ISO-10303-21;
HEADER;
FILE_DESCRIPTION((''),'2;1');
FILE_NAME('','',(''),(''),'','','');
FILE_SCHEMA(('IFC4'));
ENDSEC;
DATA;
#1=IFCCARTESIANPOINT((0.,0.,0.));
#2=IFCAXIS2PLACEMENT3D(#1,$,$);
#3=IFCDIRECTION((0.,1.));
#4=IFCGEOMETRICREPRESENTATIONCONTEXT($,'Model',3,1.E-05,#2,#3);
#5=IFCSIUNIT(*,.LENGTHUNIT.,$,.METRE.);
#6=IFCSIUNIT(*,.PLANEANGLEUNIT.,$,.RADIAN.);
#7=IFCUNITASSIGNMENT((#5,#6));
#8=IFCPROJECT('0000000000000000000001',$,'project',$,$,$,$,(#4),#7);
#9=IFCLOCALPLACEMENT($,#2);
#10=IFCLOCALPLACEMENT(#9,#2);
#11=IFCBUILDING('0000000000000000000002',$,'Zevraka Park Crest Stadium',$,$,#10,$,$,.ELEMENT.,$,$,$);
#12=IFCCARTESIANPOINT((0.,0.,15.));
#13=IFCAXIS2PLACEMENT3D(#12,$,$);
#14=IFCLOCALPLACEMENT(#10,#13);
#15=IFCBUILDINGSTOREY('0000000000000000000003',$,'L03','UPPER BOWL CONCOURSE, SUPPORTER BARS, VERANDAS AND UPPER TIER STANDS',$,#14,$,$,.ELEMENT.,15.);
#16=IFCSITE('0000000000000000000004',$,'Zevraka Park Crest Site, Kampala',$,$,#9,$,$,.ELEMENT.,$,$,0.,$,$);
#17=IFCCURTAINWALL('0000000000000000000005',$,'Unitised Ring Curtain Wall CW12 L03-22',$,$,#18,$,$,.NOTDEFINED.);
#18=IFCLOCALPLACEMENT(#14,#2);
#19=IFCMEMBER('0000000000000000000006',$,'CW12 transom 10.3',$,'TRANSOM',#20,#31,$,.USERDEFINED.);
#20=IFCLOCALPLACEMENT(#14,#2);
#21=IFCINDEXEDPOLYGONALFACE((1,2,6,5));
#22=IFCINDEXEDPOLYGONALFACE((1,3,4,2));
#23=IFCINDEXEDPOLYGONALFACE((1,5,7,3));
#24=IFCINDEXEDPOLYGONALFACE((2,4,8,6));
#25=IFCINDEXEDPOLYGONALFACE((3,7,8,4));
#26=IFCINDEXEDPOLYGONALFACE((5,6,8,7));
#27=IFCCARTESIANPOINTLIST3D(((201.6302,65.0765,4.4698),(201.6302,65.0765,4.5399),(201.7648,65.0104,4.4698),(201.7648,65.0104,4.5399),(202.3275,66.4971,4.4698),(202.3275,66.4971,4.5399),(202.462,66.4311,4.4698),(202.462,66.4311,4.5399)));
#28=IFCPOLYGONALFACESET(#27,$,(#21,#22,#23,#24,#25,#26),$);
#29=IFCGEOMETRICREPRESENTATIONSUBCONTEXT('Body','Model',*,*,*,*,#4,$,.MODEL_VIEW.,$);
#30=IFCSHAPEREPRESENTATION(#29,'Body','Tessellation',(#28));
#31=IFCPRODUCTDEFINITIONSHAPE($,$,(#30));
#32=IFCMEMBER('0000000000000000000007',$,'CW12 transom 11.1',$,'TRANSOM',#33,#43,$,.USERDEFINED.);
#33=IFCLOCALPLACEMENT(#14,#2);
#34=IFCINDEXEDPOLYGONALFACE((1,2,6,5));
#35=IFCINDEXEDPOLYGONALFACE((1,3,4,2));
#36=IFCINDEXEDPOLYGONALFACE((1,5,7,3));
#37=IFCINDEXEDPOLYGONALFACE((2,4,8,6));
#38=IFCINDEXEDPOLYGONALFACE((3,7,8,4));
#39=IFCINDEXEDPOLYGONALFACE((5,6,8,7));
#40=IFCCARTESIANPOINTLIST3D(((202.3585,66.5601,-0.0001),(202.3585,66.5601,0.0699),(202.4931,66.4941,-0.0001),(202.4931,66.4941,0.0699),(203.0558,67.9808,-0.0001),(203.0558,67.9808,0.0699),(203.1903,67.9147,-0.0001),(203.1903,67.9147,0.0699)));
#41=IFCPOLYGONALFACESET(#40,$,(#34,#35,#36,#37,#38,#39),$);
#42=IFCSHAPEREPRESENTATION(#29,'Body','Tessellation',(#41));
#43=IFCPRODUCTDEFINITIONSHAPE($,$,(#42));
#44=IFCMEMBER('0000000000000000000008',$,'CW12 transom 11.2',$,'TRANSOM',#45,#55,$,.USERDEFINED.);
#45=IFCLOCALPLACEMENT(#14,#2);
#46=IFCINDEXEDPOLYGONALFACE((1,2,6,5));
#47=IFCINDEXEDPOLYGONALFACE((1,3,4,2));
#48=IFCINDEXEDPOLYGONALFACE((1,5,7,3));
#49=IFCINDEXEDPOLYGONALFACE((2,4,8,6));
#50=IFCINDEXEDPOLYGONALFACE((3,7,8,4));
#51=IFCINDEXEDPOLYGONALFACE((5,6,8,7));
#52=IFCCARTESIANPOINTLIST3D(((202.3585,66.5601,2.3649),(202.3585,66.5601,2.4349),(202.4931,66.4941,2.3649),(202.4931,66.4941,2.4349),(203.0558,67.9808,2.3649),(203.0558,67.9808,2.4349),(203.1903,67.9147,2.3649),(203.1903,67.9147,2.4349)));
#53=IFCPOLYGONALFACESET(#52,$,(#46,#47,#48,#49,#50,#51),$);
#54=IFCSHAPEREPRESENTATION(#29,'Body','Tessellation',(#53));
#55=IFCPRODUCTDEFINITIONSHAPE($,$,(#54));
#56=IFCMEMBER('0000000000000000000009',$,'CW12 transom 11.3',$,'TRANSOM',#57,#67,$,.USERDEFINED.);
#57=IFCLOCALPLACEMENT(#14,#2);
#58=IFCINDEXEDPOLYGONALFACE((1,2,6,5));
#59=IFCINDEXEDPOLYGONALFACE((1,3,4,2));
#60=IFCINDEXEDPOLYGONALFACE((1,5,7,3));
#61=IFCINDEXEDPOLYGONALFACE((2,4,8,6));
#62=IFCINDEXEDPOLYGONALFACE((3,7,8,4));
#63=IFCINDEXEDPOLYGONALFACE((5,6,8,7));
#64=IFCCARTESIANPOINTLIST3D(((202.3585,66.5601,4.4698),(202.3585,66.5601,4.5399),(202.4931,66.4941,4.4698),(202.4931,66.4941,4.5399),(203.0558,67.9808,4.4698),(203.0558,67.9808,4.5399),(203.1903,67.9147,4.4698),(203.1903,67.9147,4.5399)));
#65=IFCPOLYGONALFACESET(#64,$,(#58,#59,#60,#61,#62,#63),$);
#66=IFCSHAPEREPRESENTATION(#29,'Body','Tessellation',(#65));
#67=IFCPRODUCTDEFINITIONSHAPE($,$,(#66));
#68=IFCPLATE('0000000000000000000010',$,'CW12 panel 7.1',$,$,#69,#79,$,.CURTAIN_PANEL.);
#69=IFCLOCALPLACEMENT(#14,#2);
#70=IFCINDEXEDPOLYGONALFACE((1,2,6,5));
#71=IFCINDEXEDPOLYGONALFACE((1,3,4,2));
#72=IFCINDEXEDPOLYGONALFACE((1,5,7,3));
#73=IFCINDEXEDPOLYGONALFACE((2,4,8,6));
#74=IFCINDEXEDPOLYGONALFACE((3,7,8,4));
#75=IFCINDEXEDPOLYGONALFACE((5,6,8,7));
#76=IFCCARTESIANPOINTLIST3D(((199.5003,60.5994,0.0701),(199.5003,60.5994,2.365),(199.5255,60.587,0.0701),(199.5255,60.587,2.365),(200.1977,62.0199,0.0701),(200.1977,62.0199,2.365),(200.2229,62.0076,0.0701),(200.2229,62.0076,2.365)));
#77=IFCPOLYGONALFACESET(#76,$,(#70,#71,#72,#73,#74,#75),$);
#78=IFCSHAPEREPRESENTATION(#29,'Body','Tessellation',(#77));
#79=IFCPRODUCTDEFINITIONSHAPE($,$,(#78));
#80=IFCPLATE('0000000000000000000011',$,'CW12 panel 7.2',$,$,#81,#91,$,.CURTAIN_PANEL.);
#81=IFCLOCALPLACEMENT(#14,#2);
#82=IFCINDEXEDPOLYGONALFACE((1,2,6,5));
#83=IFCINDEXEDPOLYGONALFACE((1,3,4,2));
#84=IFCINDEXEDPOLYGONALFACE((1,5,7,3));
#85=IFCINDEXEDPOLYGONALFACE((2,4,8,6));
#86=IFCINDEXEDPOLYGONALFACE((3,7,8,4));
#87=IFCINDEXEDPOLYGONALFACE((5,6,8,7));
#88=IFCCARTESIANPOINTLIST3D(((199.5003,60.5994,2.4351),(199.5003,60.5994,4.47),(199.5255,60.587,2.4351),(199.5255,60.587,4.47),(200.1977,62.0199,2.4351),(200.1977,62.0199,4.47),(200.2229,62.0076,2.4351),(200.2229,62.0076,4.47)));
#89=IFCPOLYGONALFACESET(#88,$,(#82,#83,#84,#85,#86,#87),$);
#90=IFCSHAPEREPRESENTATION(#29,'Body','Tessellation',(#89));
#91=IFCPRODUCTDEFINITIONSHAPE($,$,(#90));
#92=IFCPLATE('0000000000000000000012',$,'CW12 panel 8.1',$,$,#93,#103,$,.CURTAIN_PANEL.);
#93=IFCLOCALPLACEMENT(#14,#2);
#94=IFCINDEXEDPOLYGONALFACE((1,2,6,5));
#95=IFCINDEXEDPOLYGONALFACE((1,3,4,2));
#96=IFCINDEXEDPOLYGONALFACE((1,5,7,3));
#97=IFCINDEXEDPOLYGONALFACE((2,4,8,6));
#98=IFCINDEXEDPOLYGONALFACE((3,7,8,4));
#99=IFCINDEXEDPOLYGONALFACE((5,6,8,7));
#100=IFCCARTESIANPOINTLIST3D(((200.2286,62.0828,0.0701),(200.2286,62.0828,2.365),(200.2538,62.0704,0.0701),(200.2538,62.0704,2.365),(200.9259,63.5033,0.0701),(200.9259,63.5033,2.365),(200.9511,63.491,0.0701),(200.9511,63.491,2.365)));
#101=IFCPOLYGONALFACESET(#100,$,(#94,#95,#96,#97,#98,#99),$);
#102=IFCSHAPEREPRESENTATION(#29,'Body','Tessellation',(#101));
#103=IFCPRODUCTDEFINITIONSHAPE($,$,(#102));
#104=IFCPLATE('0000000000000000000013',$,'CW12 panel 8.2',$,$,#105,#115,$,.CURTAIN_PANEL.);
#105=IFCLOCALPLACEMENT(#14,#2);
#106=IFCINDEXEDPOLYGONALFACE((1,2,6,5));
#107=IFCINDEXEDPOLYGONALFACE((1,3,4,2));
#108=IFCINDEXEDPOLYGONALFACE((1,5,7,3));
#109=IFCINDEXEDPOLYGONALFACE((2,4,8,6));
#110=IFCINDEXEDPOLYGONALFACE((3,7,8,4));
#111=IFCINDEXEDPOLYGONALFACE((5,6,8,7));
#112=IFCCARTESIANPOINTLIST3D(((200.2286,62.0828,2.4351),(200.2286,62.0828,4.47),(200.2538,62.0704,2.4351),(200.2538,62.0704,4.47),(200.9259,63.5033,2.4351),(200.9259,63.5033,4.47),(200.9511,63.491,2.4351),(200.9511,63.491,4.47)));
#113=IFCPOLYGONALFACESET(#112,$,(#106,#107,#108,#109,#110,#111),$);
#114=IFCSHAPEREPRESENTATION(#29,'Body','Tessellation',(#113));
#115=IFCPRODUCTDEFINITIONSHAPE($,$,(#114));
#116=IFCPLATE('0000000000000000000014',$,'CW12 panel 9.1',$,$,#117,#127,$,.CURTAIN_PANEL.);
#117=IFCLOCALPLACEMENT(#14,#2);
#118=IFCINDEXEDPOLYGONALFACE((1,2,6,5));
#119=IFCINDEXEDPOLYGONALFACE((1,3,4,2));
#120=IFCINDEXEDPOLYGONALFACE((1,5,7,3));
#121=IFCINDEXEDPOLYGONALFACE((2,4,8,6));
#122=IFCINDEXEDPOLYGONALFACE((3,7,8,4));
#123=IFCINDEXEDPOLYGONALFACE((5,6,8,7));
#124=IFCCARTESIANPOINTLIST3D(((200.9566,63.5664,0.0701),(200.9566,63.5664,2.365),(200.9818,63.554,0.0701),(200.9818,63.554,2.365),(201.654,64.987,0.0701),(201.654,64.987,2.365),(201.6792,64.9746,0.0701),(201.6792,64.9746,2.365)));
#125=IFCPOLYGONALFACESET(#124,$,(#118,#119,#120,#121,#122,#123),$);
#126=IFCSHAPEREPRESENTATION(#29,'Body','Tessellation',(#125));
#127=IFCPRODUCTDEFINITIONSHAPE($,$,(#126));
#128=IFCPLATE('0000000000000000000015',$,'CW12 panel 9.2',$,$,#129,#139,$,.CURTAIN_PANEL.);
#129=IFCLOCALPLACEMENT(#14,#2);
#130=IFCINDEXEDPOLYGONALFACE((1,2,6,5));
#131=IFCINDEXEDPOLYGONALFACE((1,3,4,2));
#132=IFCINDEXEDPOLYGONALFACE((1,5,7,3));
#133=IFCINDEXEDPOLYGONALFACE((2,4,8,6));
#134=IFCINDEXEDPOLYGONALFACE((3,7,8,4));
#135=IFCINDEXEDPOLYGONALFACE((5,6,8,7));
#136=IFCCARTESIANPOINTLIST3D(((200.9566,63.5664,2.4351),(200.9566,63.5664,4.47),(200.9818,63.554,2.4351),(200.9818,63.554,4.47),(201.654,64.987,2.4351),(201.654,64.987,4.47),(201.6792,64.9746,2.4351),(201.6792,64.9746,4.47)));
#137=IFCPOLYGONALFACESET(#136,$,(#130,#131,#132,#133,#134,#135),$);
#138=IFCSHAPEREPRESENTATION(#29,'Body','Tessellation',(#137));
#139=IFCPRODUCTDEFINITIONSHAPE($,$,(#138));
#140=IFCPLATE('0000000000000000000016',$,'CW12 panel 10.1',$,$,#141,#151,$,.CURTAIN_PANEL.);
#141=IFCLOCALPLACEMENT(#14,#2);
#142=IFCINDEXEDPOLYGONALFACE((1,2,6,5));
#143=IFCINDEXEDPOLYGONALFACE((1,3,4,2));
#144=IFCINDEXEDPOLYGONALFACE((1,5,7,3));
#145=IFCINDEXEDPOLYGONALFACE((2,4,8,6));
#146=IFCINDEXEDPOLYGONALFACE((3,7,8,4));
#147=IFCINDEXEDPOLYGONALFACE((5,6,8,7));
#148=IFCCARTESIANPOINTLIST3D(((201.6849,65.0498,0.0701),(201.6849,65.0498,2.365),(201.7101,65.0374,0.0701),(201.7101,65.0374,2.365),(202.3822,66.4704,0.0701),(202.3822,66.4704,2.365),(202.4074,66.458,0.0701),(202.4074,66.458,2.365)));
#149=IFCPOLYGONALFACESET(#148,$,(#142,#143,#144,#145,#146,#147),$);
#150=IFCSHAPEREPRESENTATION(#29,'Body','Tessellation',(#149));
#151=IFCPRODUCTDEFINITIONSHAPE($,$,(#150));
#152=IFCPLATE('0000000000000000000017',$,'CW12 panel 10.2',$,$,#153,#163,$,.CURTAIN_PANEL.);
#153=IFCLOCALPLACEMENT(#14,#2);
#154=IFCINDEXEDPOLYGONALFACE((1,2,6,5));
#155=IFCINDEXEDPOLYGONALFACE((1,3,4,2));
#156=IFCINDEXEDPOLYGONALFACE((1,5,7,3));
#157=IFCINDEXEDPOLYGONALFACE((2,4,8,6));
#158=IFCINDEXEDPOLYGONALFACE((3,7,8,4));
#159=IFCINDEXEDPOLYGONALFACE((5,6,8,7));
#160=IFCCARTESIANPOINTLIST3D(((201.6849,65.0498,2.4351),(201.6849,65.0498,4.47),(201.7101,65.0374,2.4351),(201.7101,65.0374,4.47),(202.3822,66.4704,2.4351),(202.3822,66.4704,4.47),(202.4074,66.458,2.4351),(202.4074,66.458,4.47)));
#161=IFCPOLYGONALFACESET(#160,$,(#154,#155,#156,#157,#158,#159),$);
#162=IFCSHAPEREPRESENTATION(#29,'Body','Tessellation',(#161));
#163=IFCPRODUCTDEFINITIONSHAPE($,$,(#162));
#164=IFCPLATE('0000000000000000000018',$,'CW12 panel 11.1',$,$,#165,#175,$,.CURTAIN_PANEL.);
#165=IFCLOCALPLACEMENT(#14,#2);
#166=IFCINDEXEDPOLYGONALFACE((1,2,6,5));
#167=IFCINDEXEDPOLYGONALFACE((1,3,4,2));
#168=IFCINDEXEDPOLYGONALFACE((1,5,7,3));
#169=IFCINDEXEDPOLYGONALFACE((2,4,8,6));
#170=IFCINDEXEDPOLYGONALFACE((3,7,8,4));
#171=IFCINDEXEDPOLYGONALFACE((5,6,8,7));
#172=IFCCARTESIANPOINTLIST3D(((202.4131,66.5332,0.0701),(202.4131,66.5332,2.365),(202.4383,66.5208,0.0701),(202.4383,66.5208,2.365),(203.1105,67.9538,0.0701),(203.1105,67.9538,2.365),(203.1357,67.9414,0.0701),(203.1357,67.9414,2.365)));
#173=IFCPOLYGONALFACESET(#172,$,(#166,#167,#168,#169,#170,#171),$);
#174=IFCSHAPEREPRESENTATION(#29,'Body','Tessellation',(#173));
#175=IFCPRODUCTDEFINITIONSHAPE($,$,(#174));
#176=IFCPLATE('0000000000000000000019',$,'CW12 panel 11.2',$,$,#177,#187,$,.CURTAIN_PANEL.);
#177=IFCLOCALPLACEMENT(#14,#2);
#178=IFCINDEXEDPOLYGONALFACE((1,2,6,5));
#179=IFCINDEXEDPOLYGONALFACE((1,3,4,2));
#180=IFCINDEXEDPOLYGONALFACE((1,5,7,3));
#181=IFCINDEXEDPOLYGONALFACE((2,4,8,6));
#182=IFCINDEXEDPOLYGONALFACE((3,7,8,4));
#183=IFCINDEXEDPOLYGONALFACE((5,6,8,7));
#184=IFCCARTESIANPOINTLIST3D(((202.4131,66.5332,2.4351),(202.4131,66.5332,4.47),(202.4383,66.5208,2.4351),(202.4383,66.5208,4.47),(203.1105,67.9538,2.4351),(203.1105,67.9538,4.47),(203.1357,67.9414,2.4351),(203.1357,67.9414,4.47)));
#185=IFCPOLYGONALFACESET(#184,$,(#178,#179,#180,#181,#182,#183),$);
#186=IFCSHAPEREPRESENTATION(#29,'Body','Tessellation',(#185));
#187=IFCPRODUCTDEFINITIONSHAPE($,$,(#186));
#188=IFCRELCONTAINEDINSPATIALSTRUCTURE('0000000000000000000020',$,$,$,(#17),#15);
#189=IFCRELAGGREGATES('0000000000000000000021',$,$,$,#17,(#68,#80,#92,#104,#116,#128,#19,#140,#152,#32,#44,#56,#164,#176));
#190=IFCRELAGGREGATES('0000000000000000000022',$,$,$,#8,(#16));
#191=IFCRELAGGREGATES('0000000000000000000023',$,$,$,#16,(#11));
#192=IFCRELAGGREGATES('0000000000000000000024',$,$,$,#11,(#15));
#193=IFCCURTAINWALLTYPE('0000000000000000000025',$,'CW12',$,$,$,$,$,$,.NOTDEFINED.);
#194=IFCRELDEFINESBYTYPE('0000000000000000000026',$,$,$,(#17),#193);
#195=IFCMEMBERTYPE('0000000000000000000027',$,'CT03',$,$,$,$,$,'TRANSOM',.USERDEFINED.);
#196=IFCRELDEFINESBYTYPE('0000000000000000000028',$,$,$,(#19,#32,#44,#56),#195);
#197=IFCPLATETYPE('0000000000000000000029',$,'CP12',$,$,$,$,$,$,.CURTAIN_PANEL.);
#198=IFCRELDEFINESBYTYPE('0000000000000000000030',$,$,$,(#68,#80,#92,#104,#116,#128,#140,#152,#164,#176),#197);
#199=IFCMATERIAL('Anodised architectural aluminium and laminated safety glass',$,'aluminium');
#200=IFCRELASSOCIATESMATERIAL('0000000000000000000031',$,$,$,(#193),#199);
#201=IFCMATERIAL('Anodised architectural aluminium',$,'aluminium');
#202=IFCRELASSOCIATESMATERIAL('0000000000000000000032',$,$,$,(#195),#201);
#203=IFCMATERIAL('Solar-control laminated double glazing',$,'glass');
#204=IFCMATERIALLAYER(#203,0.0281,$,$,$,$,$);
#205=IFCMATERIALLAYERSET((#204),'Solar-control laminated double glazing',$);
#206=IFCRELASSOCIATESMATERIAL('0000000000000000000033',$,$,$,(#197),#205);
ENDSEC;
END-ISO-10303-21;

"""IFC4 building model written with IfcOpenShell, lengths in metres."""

from ifc_helpers import new_model, si_unit, direction, frame, origin, origin_2d, place, context, subcontext, project, spatial, rectangle, extrude, material, layer, layer_set, material_profile, profile_set, type_object, element, aggregate, save


model = new_model("IFC4")

# Units and contexts
model_context = context("Model", 3, precision=1e-05, world=origin(), true_north=direction((0.0, 1.0)))
body_context = subcontext(model_context, "Body", "Model", "MODEL_VIEW")
ifc_project = project(units=[si_unit("LENGTHUNIT", "METRE"), si_unit("PLANEANGLEUNIT", "RADIAN")], contexts=[model_context])

# Site, building, storey
site_placement = place(None, origin())
site = spatial("IfcSite", under=ifc_project, at=site_placement, Name="Zevraka Park Crest Site, Kampala", CompositionType="ELEMENT", RefElevation=0.0)
building_placement = place(site_placement, origin())
building = spatial("IfcBuilding", under=site, at=building_placement, Name="Zevraka Park Crest Stadium", CompositionType="ELEMENT")
storey_placement = place(building_placement, frame((0.0, 0.0, 15.0)))
storey = spatial("IfcBuildingStorey", under=building, at=storey_placement, Name="L03", Description="UPPER BOWL CONCOURSE, SUPPORTER BARS, VERANDAS AND UPPER TIER STANDS", CompositionType="ELEMENT", Elevation=15.0)

# Curtain wall, members, plates
ifc_material_1 = material(Name="Anodised architectural aluminium and laminated safety glass", Category="aluminium")
curtain_wall_type = type_object("IfcCurtainWallType", Name="CW12", PredefinedType="NOTDEFINED", material=ifc_material_1)
curtain_wall_placement = place(storey_placement, origin())
curtain_wall = element("IfcCurtainWall", 1, at=curtain_wall_placement, inside=storey, type_object=curtain_wall_type, Name="Unitised Ring Curtain Wall CW12 L03-22", PredefinedType="NOTDEFINED")
ifc_material_2 = material(Name="Anodised architectural aluminium", Category="aluminium")
ifc_material_profile_1 = material_profile(ifc_material_2, rectangle(XDim=0.1499, YDim=0.0701, at=origin_2d()), Name="ALU TRANSOM 150x70")
ifc_profile_set_1 = profile_set([ifc_material_profile_1], Name="Anodised architectural aluminium")
member_type_1 = type_object("IfcMemberType", Name="CT03", ElementType="TRANSOM", PredefinedType="USERDEFINED", material=ifc_profile_set_1)
member_1_placement = place(storey_placement, frame((201.6975, 65.0435, 4.5049), z_axis=(0.440599, 0.897704, 0.0), x_axis=(-0.897704, 0.440599, 0.0)))
member_1 = element("IfcMember", 2, at=member_1_placement, type_object=member_type_1, Name="CW12 transom 10.3", ObjectType="TRANSOM", PredefinedType="USERDEFINED", context=body_context, shape_type="SweptSolid", body=[
    extrude(rectangle(XDim=0.1499, YDim=0.0701, at=origin_2d()), origin(), (0.0, 0.0, 1.0), 1.5825),
])
member_2_placement = place(storey_placement, frame((202.4258, 66.5271, 0.0349), z_axis=(0.440599, 0.897704, 0.0), x_axis=(-0.897704, 0.440599, 0.0)))
member_2 = element("IfcMember", 3, at=member_2_placement, type_object=member_type_1, Name="CW12 transom 11.1", ObjectType="TRANSOM", PredefinedType="USERDEFINED", context=body_context, shape_type="SweptSolid", body=[
    extrude(rectangle(XDim=0.1499, YDim=0.0701, at=origin_2d()), origin(), (0.0, 0.0, 1.0), 1.5825),
])
member_3_placement = place(storey_placement, frame((202.4258, 66.5271, 2.3999), z_axis=(0.440599, 0.897704, 0.0), x_axis=(-0.897704, 0.440599, 0.0)))
member_3 = element("IfcMember", 4, at=member_3_placement, type_object=member_type_1, Name="CW12 transom 11.2", ObjectType="TRANSOM", PredefinedType="USERDEFINED", context=body_context, shape_type="SweptSolid", body=[
    extrude(rectangle(XDim=0.1499, YDim=0.0701, at=origin_2d()), origin(), (0.0, 0.0, 1.0), 1.5825),
])
member_4_placement = place(storey_placement, frame((202.4258, 66.5271, 4.5049), z_axis=(0.440599, 0.897704, 0.0), x_axis=(-0.897704, 0.440599, 0.0)))
member_4 = element("IfcMember", 5, at=member_4_placement, type_object=member_type_1, Name="CW12 transom 11.3", ObjectType="TRANSOM", PredefinedType="USERDEFINED", context=body_context, shape_type="SweptSolid", body=[
    extrude(rectangle(XDim=0.1499, YDim=0.0701, at=origin_2d()), origin(), (0.0, 0.0, 1.0), 1.5825),
])
ifc_material_3 = material(Name="Solar-control laminated double glazing", Category="glass")
ifc_layer_1 = layer(ifc_material_3, 0.0281)
ifc_layer_set_1 = layer_set([ifc_layer_1], Name="Solar-control laminated double glazing")
plate_type = type_object("IfcPlateType", Name="CP12", PredefinedType="CURTAIN_PANEL", material=ifc_layer_set_1)
plate_1_placement = place(storey_placement, frame((199.8616, 61.3035, 0.0701), z_axis=(0.0, 0.0, 1.0), x_axis=(0.440666, 0.897671, 0.0)))
plate_1 = element("IfcPlate", 6, at=plate_1_placement, type_object=plate_type, Name="CW12 panel 7.1", PredefinedType="CURTAIN_PANEL", context=body_context, shape_type="SweptSolid", body=[
    extrude(rectangle(XDim=1.5825, YDim=0.0281, at=origin_2d()), origin(), (0.0, 0.0, 1.0), 2.2949),
])
plate_2_placement = place(storey_placement, frame((199.8616, 61.3035, 2.4351), z_axis=(0.0, 0.0, 1.0), x_axis=(0.440666, 0.897671, 0.0)))
plate_2 = element("IfcPlate", 7, at=plate_2_placement, type_object=plate_type, Name="CW12 panel 7.2", PredefinedType="CURTAIN_PANEL", context=body_context, shape_type="SweptSolid", body=[
    extrude(rectangle(XDim=1.5825, YDim=0.0281, at=origin_2d()), origin(), (0.0, 0.0, 1.0), 2.0349),
])
plate_3_placement = place(storey_placement, frame((200.5898, 62.7869, 0.0701), z_axis=(0.0, 0.0, 1.0), x_axis=(0.440666, 0.897671, 0.0)))
plate_3 = element("IfcPlate", 8, at=plate_3_placement, type_object=plate_type, Name="CW12 panel 8.1", PredefinedType="CURTAIN_PANEL", context=body_context, shape_type="SweptSolid", body=[
    extrude(rectangle(XDim=1.5825, YDim=0.0281, at=origin_2d()), origin(), (0.0, 0.0, 1.0), 2.2949),
])
plate_4_placement = place(storey_placement, frame((200.5898, 62.7869, 2.4351), z_axis=(0.0, 0.0, 1.0), x_axis=(0.440666, 0.897671, 0.0)))
plate_4 = element("IfcPlate", 9, at=plate_4_placement, type_object=plate_type, Name="CW12 panel 8.2", PredefinedType="CURTAIN_PANEL", context=body_context, shape_type="SweptSolid", body=[
    extrude(rectangle(XDim=1.5825, YDim=0.0281, at=origin_2d()), origin(), (0.0, 0.0, 1.0), 2.0349),
])
plate_5_placement = place(storey_placement, frame((201.3179, 64.2705, 0.0701), z_axis=(0.0, 0.0, 1.0), x_axis=(0.440666, 0.897671, 0.0)))
plate_5 = element("IfcPlate", 10, at=plate_5_placement, type_object=plate_type, Name="CW12 panel 9.1", PredefinedType="CURTAIN_PANEL", context=body_context, shape_type="SweptSolid", body=[
    extrude(rectangle(XDim=1.5825, YDim=0.0281, at=origin_2d()), origin(), (0.0, 0.0, 1.0), 2.2949),
])
plate_6_placement = place(storey_placement, frame((201.3179, 64.2705, 2.4351), z_axis=(0.0, 0.0, 1.0), x_axis=(0.440666, 0.897671, 0.0)))
plate_6 = element("IfcPlate", 11, at=plate_6_placement, type_object=plate_type, Name="CW12 panel 9.2", PredefinedType="CURTAIN_PANEL", context=body_context, shape_type="SweptSolid", body=[
    extrude(rectangle(XDim=1.5825, YDim=0.0281, at=origin_2d()), origin(), (0.0, 0.0, 1.0), 2.0349),
])
plate_7_placement = place(storey_placement, frame((202.0461, 65.7539, 0.0701), z_axis=(0.0, 0.0, 1.0), x_axis=(0.440666, 0.897671, 0.0)))
plate_7 = element("IfcPlate", 12, at=plate_7_placement, type_object=plate_type, Name="CW12 panel 10.1", PredefinedType="CURTAIN_PANEL", context=body_context, shape_type="SweptSolid", body=[
    extrude(rectangle(XDim=1.5825, YDim=0.0281, at=origin_2d()), origin(), (0.0, 0.0, 1.0), 2.2949),
])
plate_8_placement = place(storey_placement, frame((202.0461, 65.7539, 2.4351), z_axis=(0.0, 0.0, 1.0), x_axis=(0.440666, 0.897671, 0.0)))
plate_8 = element("IfcPlate", 13, at=plate_8_placement, type_object=plate_type, Name="CW12 panel 10.2", PredefinedType="CURTAIN_PANEL", context=body_context, shape_type="SweptSolid", body=[
    extrude(rectangle(XDim=1.5825, YDim=0.0281, at=origin_2d()), origin(), (0.0, 0.0, 1.0), 2.0349),
])
plate_9_placement = place(storey_placement, frame((202.7744, 67.2373, 0.0701), z_axis=(0.0, 0.0, 1.0), x_axis=(0.440666, 0.897671, 0.0)))
plate_9 = element("IfcPlate", 14, at=plate_9_placement, type_object=plate_type, Name="CW12 panel 11.1", PredefinedType="CURTAIN_PANEL", context=body_context, shape_type="SweptSolid", body=[
    extrude(rectangle(XDim=1.5825, YDim=0.0281, at=origin_2d()), origin(), (0.0, 0.0, 1.0), 2.2949),
])
plate_10_placement = place(storey_placement, frame((202.7744, 67.2373, 2.4351), z_axis=(0.0, 0.0, 1.0), x_axis=(0.440666, 0.897671, 0.0)))
plate_10 = element("IfcPlate", 15, at=plate_10_placement, type_object=plate_type, Name="CW12 panel 11.2", PredefinedType="CURTAIN_PANEL", context=body_context, shape_type="SweptSolid", body=[
    extrude(rectangle(XDim=1.5825, YDim=0.0281, at=origin_2d()), origin(), (0.0, 0.0, 1.0), 2.0349),
])
aggregate(curtain_wall, [plate_1, plate_2, plate_3, plate_4, plate_5, plate_6, member_1, plate_7, plate_8, member_2, member_3, member_4, plate_9, plate_10])

save(model, "model.ifc")
